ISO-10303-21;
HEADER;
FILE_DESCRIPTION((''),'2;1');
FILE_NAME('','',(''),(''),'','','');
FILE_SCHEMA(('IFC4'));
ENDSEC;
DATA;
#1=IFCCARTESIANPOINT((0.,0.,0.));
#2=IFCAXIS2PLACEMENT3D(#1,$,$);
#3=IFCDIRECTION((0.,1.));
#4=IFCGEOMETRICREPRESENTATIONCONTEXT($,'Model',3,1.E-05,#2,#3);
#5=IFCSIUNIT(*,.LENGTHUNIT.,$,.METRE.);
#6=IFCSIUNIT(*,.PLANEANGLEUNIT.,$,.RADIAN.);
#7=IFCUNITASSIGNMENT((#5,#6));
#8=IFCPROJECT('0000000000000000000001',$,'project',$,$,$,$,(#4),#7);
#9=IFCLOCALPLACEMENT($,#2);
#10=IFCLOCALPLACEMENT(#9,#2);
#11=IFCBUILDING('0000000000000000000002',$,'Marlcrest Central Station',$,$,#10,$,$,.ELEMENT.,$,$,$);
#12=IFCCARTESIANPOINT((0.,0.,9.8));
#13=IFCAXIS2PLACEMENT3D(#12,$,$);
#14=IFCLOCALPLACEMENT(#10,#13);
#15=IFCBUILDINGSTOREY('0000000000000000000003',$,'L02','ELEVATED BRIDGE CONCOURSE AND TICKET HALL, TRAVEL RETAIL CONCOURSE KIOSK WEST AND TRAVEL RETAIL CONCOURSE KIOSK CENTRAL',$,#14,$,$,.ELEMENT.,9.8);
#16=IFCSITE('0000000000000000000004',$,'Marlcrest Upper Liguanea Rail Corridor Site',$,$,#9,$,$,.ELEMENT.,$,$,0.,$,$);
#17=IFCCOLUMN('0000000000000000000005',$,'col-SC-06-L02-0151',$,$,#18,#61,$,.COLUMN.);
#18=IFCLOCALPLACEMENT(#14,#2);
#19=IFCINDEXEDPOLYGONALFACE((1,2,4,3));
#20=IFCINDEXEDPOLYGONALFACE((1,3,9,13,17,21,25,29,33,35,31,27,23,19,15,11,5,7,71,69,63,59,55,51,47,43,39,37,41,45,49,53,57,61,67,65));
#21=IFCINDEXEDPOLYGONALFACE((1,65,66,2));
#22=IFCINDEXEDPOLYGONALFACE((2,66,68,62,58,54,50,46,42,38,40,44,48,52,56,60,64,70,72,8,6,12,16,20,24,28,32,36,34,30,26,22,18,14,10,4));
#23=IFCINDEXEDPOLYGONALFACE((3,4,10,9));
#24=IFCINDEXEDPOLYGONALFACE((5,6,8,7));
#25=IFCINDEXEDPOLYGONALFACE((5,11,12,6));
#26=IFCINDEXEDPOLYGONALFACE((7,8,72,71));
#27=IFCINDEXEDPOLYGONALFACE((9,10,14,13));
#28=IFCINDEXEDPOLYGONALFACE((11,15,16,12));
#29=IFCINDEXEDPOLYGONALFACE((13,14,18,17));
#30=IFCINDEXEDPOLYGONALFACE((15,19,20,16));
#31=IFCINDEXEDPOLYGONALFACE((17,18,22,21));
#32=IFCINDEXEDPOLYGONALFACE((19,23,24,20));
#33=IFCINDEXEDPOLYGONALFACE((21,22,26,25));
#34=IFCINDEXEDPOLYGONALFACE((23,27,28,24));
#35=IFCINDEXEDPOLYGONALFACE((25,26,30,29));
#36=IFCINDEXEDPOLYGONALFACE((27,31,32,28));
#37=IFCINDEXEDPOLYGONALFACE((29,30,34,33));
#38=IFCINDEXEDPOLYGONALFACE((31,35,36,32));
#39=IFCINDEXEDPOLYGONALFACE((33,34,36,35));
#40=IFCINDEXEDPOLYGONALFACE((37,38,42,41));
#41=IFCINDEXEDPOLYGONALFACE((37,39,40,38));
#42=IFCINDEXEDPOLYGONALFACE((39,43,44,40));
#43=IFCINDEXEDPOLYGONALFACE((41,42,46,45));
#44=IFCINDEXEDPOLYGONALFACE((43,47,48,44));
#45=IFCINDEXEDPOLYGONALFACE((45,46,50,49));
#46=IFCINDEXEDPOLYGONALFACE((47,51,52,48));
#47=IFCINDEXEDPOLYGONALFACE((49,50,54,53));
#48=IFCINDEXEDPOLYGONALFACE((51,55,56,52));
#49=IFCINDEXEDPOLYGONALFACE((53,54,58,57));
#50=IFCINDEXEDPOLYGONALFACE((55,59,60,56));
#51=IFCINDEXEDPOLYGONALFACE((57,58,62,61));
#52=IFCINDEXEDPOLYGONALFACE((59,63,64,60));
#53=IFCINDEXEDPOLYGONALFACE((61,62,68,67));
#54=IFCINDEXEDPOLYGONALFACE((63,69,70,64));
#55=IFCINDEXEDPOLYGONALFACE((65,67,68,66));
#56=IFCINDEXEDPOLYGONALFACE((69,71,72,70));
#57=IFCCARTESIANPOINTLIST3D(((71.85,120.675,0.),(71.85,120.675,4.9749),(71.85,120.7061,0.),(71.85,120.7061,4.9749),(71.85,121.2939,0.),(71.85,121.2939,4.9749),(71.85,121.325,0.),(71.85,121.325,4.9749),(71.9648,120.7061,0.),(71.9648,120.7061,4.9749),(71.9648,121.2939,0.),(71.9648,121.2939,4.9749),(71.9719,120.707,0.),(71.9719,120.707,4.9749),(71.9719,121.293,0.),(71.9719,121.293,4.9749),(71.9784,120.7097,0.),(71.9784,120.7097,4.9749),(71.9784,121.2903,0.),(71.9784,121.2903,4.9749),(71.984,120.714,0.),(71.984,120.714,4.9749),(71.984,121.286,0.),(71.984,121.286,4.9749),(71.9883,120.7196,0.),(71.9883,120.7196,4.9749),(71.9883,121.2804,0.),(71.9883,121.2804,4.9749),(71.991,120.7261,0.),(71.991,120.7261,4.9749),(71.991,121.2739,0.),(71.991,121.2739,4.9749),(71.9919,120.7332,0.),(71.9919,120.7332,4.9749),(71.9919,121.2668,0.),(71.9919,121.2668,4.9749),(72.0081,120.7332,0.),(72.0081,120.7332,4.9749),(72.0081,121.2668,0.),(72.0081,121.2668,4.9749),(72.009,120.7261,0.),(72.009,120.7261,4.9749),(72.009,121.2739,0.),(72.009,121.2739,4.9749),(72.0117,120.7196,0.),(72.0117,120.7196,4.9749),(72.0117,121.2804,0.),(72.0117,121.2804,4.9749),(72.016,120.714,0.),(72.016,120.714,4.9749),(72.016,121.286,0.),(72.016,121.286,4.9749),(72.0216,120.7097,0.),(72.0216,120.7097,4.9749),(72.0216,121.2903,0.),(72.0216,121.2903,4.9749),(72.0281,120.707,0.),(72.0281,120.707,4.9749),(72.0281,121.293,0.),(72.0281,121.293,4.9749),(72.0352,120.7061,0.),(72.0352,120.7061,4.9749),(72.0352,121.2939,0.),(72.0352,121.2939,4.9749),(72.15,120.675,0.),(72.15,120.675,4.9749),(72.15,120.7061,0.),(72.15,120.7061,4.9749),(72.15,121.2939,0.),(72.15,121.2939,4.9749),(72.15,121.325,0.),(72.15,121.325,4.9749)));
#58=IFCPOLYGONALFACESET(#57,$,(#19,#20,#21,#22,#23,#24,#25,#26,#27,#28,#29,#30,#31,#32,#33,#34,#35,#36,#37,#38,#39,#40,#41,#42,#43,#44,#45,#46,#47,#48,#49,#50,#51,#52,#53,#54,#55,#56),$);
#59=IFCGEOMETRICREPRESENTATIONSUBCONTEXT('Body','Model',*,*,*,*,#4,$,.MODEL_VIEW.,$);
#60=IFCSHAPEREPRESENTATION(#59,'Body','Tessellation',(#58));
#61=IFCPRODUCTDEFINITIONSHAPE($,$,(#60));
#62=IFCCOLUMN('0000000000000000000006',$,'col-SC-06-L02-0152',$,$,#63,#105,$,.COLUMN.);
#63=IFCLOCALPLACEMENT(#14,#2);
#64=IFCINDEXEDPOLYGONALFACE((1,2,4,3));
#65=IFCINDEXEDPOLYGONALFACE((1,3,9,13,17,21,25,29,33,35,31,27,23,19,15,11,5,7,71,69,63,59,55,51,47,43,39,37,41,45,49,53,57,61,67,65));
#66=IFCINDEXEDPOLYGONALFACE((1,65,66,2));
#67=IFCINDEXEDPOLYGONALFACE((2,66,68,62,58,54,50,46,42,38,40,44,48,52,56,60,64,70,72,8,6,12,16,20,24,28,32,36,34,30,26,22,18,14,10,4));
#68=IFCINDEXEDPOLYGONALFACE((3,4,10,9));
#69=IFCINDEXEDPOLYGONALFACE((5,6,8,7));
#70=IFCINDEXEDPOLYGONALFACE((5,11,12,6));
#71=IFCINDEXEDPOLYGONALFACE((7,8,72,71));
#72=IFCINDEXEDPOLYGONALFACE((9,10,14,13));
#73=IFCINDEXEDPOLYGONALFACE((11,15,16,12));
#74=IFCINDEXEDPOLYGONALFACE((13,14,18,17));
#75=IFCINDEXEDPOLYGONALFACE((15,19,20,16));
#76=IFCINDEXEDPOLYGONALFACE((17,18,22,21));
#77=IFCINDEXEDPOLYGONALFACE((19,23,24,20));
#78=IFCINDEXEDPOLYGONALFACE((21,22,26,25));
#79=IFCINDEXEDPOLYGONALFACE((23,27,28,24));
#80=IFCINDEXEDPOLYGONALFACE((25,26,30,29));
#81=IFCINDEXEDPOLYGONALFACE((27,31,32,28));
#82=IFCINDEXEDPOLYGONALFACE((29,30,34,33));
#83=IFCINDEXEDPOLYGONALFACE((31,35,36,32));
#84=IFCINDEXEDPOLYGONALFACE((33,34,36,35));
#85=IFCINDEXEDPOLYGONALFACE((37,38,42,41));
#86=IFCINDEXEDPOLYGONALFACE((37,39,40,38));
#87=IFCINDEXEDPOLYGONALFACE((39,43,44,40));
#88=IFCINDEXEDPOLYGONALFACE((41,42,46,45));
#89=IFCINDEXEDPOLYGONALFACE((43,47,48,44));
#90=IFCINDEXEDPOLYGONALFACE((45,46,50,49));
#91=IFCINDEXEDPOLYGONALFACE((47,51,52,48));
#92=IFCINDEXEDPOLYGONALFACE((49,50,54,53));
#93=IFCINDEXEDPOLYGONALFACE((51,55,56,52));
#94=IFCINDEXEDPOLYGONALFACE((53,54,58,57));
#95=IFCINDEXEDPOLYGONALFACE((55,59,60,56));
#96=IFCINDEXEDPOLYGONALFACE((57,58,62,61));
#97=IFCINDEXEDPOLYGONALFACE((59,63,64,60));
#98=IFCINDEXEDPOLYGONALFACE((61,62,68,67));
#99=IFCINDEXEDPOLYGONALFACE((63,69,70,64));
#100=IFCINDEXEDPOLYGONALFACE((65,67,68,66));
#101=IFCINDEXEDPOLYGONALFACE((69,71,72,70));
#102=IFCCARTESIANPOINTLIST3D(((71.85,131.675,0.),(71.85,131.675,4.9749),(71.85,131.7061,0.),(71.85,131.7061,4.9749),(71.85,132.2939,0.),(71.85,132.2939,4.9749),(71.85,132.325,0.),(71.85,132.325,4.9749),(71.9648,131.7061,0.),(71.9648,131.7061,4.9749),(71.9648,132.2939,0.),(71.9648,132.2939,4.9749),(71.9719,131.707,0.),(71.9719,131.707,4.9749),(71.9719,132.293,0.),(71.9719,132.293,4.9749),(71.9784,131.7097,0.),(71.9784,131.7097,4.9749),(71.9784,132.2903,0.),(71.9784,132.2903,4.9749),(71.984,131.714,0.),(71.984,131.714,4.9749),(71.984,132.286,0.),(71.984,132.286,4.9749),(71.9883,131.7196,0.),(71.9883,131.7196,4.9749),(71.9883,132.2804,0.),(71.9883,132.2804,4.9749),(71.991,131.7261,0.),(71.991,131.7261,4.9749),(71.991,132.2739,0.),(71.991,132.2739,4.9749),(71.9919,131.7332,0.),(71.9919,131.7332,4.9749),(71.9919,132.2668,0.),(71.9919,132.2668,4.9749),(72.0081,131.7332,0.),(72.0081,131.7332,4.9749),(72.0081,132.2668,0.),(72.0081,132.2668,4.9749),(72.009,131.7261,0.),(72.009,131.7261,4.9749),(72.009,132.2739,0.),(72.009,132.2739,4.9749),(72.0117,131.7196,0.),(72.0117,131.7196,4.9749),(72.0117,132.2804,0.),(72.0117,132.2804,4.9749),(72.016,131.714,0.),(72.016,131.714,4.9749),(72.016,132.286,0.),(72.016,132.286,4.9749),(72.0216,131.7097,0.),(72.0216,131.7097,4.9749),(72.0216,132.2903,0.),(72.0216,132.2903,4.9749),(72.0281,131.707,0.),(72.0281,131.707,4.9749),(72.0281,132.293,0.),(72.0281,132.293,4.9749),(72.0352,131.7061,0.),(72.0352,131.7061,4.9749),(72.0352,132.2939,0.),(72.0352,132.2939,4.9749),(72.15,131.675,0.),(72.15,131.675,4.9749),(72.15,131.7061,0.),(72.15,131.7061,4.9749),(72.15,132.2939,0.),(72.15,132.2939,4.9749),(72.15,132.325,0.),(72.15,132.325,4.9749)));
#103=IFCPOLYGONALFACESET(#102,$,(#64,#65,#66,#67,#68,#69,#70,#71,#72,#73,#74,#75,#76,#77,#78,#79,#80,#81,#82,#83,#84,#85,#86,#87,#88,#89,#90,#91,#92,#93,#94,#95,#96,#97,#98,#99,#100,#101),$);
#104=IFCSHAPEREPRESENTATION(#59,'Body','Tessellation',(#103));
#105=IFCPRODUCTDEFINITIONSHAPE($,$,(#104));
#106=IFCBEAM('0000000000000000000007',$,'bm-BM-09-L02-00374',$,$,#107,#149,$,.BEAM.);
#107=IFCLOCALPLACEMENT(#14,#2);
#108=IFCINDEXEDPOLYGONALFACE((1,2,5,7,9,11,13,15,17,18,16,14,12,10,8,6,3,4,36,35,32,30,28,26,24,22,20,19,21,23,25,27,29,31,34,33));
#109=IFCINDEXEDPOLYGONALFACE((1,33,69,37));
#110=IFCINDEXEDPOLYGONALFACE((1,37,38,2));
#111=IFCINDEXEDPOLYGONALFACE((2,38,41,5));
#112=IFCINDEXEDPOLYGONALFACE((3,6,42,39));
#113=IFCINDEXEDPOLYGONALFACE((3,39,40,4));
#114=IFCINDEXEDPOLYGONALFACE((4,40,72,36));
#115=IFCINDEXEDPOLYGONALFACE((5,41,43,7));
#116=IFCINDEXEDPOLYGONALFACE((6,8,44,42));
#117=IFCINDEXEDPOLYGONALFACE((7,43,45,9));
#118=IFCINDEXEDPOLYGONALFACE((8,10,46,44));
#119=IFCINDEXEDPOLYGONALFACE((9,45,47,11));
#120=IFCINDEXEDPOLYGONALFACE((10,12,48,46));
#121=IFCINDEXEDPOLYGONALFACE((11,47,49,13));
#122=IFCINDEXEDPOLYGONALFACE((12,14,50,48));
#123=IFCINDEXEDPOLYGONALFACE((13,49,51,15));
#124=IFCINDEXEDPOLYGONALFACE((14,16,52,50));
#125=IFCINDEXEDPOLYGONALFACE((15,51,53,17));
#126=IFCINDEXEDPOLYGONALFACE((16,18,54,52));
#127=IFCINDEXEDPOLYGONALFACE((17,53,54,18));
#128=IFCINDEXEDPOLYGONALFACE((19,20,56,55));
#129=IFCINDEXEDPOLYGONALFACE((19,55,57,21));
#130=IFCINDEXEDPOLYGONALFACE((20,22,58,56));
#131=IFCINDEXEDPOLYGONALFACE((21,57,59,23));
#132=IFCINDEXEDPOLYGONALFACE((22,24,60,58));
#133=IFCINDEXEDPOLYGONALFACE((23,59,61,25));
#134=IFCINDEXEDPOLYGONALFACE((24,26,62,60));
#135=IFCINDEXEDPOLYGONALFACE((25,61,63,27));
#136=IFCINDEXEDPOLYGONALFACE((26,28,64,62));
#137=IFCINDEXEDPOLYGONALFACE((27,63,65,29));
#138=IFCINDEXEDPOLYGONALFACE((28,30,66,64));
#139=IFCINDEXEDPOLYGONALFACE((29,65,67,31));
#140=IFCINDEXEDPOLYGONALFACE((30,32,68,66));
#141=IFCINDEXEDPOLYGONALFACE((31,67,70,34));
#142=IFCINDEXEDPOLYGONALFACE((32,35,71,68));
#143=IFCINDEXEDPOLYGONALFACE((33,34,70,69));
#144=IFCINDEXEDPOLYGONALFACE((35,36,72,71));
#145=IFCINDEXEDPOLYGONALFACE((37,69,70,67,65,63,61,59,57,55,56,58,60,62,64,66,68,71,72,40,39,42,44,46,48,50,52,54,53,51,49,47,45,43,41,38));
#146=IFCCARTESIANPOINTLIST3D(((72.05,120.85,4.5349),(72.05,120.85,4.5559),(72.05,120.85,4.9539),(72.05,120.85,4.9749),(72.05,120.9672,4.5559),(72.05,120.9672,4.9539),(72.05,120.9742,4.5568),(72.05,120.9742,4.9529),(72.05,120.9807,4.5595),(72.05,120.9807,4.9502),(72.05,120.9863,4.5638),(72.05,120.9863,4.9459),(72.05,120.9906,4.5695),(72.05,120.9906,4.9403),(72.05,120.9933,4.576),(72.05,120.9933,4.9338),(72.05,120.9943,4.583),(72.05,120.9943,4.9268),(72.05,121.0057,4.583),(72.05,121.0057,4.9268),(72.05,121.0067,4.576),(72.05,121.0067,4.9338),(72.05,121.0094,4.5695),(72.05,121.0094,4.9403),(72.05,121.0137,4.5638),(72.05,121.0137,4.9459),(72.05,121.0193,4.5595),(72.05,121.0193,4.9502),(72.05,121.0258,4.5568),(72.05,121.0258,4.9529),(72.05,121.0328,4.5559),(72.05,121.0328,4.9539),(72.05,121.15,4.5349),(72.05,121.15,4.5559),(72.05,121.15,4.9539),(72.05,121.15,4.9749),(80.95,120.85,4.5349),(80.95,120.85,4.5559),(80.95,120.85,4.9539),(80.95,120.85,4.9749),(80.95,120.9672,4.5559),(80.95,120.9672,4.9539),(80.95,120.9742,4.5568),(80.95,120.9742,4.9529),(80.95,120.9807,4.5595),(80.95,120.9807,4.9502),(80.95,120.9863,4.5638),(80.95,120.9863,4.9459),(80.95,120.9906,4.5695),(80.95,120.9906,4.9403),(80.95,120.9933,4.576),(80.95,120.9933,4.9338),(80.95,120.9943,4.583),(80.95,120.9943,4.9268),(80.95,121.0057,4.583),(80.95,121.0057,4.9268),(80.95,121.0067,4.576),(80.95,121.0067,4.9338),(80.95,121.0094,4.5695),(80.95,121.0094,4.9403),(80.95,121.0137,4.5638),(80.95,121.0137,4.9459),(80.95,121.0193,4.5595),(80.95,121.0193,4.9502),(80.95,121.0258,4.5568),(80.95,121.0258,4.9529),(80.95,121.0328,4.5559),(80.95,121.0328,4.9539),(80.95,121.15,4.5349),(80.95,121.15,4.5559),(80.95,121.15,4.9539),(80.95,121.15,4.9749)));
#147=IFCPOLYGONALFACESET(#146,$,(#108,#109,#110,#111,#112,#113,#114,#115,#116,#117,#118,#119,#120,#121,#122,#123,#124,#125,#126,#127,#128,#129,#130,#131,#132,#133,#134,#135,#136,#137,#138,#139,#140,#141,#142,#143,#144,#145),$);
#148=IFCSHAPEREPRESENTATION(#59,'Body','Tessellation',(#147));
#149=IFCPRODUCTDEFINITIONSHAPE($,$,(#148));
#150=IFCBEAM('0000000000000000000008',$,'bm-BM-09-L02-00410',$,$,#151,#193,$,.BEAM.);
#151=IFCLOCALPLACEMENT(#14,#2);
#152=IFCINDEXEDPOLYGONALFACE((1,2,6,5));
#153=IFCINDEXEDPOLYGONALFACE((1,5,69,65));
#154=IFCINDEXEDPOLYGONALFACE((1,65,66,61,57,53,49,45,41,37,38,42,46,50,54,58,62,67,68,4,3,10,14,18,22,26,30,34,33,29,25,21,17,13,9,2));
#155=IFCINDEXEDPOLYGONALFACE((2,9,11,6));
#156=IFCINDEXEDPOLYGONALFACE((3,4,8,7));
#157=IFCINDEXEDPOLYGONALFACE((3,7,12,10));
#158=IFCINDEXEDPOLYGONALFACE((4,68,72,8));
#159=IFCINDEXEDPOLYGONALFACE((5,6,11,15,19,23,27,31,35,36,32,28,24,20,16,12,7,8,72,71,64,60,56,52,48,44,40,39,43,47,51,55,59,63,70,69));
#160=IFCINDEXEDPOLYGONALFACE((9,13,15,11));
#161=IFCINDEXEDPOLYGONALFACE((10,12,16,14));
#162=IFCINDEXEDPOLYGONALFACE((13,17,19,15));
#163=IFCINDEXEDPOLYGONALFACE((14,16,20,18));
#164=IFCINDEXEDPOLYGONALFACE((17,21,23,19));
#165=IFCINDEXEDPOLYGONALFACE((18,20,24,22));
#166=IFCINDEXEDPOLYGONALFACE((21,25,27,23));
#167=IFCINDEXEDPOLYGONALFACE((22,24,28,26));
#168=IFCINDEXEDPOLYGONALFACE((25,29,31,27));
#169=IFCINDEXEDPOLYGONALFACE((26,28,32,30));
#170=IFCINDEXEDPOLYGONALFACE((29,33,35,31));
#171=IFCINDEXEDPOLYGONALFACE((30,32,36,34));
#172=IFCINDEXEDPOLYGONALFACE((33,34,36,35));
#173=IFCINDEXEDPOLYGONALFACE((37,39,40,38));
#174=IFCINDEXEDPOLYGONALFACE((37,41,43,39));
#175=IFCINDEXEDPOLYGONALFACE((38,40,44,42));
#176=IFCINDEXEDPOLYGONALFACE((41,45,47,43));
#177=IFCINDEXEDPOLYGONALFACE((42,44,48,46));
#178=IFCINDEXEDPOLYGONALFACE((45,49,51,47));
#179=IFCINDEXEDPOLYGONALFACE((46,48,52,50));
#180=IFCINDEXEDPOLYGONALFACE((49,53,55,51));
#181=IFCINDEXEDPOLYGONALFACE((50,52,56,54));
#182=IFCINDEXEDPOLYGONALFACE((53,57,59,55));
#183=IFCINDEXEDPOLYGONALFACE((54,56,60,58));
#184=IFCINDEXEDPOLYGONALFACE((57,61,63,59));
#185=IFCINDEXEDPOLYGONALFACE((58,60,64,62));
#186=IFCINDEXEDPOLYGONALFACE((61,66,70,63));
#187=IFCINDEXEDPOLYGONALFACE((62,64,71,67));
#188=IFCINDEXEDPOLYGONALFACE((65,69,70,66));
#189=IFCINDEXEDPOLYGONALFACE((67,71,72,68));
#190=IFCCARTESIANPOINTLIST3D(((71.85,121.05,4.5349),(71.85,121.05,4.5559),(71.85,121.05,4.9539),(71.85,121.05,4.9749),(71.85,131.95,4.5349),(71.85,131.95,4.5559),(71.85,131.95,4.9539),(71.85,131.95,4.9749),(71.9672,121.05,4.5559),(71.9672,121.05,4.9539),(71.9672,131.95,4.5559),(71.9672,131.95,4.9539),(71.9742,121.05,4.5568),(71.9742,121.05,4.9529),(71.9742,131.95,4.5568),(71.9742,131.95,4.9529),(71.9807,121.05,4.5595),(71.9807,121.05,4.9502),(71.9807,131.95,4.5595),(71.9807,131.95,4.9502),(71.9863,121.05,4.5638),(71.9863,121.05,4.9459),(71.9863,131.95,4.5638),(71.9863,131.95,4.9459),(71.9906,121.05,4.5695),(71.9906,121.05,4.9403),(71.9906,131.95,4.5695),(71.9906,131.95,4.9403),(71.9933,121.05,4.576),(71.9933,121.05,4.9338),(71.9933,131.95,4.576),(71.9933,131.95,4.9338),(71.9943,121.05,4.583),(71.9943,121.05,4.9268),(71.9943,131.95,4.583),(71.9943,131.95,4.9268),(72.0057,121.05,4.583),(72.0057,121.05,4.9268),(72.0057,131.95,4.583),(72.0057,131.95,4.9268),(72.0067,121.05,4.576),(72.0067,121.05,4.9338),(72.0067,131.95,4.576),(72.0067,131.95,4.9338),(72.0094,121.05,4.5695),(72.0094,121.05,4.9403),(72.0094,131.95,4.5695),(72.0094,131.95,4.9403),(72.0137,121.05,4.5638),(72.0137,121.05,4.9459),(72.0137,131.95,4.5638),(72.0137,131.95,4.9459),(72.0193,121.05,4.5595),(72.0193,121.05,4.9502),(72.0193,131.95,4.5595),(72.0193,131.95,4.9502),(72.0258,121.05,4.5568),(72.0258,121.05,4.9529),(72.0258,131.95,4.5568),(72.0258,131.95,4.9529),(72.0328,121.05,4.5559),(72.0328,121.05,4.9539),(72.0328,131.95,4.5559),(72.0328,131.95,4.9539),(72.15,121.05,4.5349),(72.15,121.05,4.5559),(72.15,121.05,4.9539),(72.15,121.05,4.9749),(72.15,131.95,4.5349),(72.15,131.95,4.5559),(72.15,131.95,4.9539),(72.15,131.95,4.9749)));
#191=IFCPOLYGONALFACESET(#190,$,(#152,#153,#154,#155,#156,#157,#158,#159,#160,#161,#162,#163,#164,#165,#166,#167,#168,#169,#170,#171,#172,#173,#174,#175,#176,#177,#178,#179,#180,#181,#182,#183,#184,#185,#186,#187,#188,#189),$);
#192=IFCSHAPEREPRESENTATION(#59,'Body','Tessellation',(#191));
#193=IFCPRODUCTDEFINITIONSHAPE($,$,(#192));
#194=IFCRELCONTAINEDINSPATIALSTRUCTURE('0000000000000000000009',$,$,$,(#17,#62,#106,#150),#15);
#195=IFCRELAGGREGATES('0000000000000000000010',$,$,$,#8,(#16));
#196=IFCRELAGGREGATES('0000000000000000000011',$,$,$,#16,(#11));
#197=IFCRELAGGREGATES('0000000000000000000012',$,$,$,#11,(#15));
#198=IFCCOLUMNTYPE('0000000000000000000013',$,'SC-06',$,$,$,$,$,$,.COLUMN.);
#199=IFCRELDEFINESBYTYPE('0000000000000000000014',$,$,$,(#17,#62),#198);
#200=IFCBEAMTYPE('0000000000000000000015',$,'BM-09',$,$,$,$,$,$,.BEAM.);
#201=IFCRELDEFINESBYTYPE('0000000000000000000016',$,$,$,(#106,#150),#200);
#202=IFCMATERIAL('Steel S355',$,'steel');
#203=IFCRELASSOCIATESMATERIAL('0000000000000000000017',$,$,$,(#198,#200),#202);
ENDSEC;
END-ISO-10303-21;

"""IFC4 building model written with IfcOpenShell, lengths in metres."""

from ifc_helpers import new_model, si_unit, direction, frame, origin, origin_2d, place, context, subcontext, project, spatial, i_section, extrude, material, material_profile, profile_set, type_object, element, save


model = new_model("IFC4")

# Units and contexts
model_context = context("Model", 3, precision=1e-05, world=origin(), true_north=direction((0.0, 1.0)))
body_context = subcontext(model_context, "Body", "Model", "MODEL_VIEW")
ifc_project = project(units=[si_unit("LENGTHUNIT", "METRE"), si_unit("PLANEANGLEUNIT", "RADIAN")], contexts=[model_context])

# Site, building, storey
site_placement = place(None, origin())
site = spatial("IfcSite", under=ifc_project, at=site_placement, Name="Marlcrest Upper Liguanea Rail Corridor Site", CompositionType="ELEMENT", RefElevation=0.0)
building_placement = place(site_placement, origin())
building = spatial("IfcBuilding", under=site, at=building_placement, Name="Marlcrest Central Station", CompositionType="ELEMENT")
storey_placement = place(building_placement, frame((0.0, 0.0, 9.8)))
storey = spatial("IfcBuildingStorey", under=building, at=storey_placement, Name="L02", Description="ELEVATED BRIDGE CONCOURSE AND TICKET HALL, TRAVEL RETAIL CONCOURSE KIOSK WEST AND TRAVEL RETAIL CONCOURSE KIOSK CENTRAL", CompositionType="ELEMENT", Elevation=9.8)

# Columns
ifc_material_1 = material(Name="Steel S355", Category="steel")
ifc_material_profile_1 = material_profile(ifc_material_1, i_section(OverallWidth=0.3, OverallDepth=0.6499, WebThickness=0.0161, FlangeThickness=0.031, FilletRadius=0.0271, at=origin_2d()), Name="HEB 650")
ifc_profile_set_1 = profile_set([ifc_material_profile_1], Name="Steel S355")
column_type = type_object("IfcColumnType", Name="SC-06", PredefinedType="COLUMN", material=ifc_profile_set_1)
for number, where, z_axis, x_axis, name in (
    (1, (72.0, 121.0, 0.0), (0.0, 0.0, 1.0), (1.0, 0.0, 0.0), "col-SC-06-L02-0151"),
    (2, (72.0, 132.0, 0.0), (0.0, 0.0, 1.0), (1.0, 0.0, 0.0), "col-SC-06-L02-0152"),
):
    element("IfcColumn", number, at=place(storey_placement, frame(where, z_axis=z_axis, x_axis=x_axis)), inside=storey, type_object=column_type, Name=name, PredefinedType="COLUMN", context=body_context, shape_type="SweptSolid", body=[
        extrude(i_section(OverallWidth=0.3, OverallDepth=0.6499, WebThickness=0.0161, FlangeThickness=0.031, FilletRadius=0.0271, at=origin_2d()), origin(), (0.0, 0.0, 1.0), 4.9749),
    ])

# Beams
ifc_material_profile_2 = material_profile(ifc_material_1, i_section(OverallWidth=0.3, OverallDepth=0.4399, WebThickness=0.0115, FlangeThickness=0.021, FilletRadius=0.0271, at=origin_2d()), Name="HEA 450")
ifc_profile_set_2 = profile_set([ifc_material_profile_2], Name="Steel S355")
beam_type_1 = type_object("IfcBeamType", Name="BM-09", PredefinedType="BEAM", material=ifc_profile_set_2)
beam_1_placement = place(storey_placement, frame((72.05, 121.0, 4.7549), z_axis=(1.0, 0.0, 0.0), x_axis=(0.0, 1.0, 0.0)))
element("IfcBeam", 3, at=beam_1_placement, inside=storey, type_object=beam_type_1, Name="bm-BM-09-L02-00374", PredefinedType="BEAM", context=body_context, shape_type="SweptSolid", body=[
    extrude(i_section(OverallWidth=0.3, OverallDepth=0.4399, WebThickness=0.0115, FlangeThickness=0.021, FilletRadius=0.0271, at=origin_2d()), origin(), (0.0, 0.0, 1.0), 8.8999),
])
beam_2_placement = place(storey_placement, frame((72.0, 121.05, 4.7549), z_axis=(0.0, 1.0, 0.0), x_axis=(-1.0, 0.0, 0.0)))
element("IfcBeam", 4, at=beam_2_placement, inside=storey, type_object=beam_type_1, Name="bm-BM-09-L02-00410", PredefinedType="BEAM", context=body_context, shape_type="SweptSolid", body=[
    extrude(i_section(OverallWidth=0.3, OverallDepth=0.4399, WebThickness=0.0115, FlangeThickness=0.021, FilletRadius=0.0271, at=origin_2d()), origin(), (0.0, 0.0, 1.0), 10.8999),
])

save(model, "model.ifc")
